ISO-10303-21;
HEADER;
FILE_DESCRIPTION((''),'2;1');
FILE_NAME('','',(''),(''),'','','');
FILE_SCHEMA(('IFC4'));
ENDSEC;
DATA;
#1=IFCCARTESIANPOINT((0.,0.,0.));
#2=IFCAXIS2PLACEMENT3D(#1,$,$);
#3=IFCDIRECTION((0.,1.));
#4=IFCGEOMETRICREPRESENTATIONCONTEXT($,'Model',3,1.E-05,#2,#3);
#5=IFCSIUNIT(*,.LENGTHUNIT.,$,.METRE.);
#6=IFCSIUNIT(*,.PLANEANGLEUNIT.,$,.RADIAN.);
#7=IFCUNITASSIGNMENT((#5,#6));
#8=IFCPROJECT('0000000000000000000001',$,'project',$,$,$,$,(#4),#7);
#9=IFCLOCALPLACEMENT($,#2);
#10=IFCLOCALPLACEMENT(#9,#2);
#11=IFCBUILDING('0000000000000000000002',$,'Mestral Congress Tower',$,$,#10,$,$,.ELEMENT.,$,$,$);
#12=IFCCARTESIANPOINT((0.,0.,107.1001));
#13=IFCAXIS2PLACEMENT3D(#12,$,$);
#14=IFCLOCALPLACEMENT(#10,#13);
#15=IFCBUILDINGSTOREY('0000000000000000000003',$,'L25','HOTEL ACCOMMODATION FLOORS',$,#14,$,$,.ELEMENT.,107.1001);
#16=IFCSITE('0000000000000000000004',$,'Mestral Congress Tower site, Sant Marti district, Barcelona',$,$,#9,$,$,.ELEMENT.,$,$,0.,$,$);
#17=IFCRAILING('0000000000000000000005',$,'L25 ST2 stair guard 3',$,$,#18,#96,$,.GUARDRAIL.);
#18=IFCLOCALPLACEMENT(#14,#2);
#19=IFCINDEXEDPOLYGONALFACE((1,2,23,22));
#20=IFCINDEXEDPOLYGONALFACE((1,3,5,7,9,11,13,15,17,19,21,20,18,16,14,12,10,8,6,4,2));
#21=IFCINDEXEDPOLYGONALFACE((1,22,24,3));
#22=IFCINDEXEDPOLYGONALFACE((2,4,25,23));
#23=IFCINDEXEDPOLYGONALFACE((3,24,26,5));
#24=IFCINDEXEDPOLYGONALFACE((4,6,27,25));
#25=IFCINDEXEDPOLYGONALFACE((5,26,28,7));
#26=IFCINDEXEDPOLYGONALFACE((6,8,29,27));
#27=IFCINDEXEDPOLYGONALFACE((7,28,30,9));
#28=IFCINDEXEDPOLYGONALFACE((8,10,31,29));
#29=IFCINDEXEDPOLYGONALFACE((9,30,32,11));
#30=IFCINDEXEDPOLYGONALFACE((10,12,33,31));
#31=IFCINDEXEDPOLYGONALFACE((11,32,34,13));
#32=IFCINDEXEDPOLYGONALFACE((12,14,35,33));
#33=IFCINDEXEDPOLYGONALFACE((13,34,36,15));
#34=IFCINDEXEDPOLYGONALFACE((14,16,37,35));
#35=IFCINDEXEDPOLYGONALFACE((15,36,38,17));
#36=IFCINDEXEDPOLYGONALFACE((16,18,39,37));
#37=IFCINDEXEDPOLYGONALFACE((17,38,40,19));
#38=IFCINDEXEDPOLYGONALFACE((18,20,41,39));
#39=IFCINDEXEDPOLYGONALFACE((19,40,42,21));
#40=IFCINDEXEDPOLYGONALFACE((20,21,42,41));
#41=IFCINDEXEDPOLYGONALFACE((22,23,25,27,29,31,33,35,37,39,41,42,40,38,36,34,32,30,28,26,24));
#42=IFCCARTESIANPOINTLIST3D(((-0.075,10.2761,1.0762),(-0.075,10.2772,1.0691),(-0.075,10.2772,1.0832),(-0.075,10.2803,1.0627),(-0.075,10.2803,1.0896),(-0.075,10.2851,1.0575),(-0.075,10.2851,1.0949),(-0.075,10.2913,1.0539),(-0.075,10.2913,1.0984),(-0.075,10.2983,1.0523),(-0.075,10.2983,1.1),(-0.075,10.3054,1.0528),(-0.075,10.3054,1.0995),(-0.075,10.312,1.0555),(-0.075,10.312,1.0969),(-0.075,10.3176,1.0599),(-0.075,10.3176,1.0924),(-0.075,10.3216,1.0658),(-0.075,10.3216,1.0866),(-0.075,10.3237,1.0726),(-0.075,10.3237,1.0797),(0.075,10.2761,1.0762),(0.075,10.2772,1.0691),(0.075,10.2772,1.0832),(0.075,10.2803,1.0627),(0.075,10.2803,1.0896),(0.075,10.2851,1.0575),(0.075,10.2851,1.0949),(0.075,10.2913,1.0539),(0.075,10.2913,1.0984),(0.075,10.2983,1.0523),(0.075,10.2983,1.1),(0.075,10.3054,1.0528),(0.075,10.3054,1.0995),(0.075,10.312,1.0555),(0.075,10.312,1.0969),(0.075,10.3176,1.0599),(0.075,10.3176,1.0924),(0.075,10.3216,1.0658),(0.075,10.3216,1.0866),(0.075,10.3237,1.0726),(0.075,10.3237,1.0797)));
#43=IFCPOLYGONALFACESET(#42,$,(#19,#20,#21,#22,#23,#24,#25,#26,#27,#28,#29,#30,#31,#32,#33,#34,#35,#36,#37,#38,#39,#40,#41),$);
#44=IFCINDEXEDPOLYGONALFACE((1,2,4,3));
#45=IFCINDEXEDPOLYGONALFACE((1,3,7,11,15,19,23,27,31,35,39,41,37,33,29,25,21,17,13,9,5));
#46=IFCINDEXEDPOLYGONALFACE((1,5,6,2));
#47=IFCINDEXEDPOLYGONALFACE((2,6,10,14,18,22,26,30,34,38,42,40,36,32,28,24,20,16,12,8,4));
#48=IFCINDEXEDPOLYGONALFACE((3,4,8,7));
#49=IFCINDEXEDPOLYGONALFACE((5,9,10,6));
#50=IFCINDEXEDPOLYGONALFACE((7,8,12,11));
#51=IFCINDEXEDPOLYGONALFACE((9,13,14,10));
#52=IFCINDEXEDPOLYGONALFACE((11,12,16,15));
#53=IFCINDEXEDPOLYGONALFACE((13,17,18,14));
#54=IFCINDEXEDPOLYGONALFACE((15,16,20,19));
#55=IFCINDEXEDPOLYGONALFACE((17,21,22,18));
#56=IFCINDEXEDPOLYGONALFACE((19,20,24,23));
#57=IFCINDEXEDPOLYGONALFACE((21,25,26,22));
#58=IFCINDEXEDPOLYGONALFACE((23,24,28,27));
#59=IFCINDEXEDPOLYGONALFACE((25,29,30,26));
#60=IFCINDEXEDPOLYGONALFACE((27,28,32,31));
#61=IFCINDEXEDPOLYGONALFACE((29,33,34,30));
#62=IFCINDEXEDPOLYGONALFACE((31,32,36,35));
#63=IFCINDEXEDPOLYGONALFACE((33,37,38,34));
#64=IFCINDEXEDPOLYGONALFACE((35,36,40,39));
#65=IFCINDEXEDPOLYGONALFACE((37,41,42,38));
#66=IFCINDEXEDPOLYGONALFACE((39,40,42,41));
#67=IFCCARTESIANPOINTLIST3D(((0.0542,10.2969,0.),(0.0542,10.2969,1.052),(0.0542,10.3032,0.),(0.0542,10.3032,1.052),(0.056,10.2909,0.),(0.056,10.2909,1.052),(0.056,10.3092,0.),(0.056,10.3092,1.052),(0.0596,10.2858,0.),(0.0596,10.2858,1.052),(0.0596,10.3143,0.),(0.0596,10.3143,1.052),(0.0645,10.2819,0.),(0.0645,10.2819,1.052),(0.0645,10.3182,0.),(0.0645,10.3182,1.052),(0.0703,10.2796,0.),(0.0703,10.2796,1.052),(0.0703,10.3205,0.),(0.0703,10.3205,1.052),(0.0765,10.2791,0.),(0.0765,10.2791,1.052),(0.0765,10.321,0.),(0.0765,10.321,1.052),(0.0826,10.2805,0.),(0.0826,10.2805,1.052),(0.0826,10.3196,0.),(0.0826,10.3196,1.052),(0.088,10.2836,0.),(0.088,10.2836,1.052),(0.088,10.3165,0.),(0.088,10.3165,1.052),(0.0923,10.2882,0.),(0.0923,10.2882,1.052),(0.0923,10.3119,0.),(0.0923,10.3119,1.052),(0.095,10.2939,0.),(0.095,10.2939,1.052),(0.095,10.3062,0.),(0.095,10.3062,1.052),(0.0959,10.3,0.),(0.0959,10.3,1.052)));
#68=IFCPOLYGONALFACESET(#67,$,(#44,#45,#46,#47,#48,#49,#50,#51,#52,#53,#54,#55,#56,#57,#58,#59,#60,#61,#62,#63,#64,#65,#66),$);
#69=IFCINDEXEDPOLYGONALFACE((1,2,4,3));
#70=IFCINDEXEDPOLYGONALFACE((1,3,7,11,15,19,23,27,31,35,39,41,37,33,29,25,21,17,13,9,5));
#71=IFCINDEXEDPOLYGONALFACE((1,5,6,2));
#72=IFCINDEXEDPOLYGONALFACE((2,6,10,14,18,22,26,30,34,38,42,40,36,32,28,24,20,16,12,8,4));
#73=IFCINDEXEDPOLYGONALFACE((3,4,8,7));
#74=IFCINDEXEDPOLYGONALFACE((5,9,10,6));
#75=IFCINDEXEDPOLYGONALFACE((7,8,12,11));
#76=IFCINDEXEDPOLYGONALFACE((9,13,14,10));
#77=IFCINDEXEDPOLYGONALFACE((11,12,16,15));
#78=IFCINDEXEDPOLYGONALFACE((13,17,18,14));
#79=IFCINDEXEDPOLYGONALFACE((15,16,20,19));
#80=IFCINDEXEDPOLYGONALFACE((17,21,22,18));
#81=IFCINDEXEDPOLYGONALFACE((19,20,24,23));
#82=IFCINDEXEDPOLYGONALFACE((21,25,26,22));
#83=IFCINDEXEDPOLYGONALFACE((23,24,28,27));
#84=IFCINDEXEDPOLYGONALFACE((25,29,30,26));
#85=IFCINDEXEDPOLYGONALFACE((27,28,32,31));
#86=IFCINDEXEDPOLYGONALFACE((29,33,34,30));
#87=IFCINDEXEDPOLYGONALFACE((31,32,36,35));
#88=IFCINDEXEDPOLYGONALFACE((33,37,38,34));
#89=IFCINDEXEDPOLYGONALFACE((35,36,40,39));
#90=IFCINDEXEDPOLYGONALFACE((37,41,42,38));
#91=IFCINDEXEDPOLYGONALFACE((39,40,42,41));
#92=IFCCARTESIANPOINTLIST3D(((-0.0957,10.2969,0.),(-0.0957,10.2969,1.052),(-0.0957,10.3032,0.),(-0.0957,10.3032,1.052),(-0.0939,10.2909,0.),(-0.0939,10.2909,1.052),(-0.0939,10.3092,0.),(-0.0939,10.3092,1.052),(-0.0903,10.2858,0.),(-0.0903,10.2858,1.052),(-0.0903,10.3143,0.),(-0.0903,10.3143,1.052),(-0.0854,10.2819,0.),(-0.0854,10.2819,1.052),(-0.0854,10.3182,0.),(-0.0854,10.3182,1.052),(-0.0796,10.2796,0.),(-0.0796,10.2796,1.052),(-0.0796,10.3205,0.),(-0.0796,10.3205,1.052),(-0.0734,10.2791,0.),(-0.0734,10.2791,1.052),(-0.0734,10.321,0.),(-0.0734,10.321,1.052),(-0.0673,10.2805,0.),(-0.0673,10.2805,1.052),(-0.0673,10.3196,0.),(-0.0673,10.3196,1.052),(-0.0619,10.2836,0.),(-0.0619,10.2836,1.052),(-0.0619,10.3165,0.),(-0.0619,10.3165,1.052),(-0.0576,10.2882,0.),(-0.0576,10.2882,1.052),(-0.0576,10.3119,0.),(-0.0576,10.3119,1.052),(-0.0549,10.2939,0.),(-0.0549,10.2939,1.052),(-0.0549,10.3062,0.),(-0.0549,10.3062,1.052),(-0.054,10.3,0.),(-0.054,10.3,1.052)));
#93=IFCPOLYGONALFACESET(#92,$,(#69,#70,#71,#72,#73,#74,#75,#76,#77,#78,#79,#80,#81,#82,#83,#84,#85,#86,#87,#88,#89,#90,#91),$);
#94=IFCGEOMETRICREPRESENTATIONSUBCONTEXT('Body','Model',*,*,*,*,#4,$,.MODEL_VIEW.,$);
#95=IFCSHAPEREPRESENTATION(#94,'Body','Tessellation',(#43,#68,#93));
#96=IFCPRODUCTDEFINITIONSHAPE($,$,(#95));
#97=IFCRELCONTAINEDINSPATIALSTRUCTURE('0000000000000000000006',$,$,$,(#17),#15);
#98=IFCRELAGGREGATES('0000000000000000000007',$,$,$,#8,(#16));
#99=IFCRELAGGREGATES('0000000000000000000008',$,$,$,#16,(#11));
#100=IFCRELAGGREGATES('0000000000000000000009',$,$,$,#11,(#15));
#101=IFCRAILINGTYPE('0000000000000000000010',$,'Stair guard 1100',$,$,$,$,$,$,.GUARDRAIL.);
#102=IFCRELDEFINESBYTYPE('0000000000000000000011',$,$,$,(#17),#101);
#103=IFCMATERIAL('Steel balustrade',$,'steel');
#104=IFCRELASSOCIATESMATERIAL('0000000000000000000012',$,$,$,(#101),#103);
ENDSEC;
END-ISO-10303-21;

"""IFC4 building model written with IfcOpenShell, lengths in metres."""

from ifc_helpers import new_model, si_unit, direction, frame, origin, origin_2d, place, context, subcontext, project, spatial, circle, extrude, material, type_object, element, save


model = new_model("IFC4")

# Units and contexts
model_context = context("Model", 3, precision=1e-05, world=origin(), true_north=direction((0.0, 1.0)))
body_context = subcontext(model_context, "Body", "Model", "MODEL_VIEW")
ifc_project = project(units=[si_unit("LENGTHUNIT", "METRE"), si_unit("PLANEANGLEUNIT", "RADIAN")], contexts=[model_context])

# Site, building, storey
site_placement = place(None, origin())
site = spatial("IfcSite", under=ifc_project, at=site_placement, Name="Mestral Congress Tower site, Sant Marti district, Barcelona", CompositionType="ELEMENT", RefElevation=0.0)
building_placement = place(site_placement, origin())
building = spatial("IfcBuilding", under=site, at=building_placement, Name="Mestral Congress Tower", CompositionType="ELEMENT")
storey_placement = place(building_placement, frame((0.0, 0.0, 107.1001)))
storey = spatial("IfcBuildingStorey", under=building, at=storey_placement, Name="L25", Description="HOTEL ACCOMMODATION FLOORS", CompositionType="ELEMENT", Elevation=107.1001)

# Railing
ifc_material_1 = material(Name="Steel balustrade", Category="steel")
railing_type = type_object("IfcRailingType", Name="Stair guard 1100", PredefinedType="GUARDRAIL", material=ifc_material_1)
railing_1_placement = place(storey_placement, frame((0.075, 10.3, 0.0)))
element("IfcRailing", 1, at=railing_1_placement, inside=storey, type_object=railing_type, Name="L25 ST2 stair guard 3", PredefinedType="GUARDRAIL", context=body_context, shape_type="SweptSolid", body=[
    extrude(circle(Radius=0.0239, at=origin_2d()), frame((0.0, 0.0, 1.0762), z_axis=(-1.0, 0.0, 0.0), x_axis=(0.0, -1.0, 0.0)), (0.0, 0.0, 1.0), 0.1499),
    extrude(circle(Radius=0.021, at=origin_2d()), origin(), (0.0, 0.0, 1.0), 1.052),
    extrude(circle(Radius=0.021, at=origin_2d()), frame((-0.1499, 0.0, 0.0)), (0.0, 0.0, 1.0), 1.052),
])

save(model, "model.ifc")
